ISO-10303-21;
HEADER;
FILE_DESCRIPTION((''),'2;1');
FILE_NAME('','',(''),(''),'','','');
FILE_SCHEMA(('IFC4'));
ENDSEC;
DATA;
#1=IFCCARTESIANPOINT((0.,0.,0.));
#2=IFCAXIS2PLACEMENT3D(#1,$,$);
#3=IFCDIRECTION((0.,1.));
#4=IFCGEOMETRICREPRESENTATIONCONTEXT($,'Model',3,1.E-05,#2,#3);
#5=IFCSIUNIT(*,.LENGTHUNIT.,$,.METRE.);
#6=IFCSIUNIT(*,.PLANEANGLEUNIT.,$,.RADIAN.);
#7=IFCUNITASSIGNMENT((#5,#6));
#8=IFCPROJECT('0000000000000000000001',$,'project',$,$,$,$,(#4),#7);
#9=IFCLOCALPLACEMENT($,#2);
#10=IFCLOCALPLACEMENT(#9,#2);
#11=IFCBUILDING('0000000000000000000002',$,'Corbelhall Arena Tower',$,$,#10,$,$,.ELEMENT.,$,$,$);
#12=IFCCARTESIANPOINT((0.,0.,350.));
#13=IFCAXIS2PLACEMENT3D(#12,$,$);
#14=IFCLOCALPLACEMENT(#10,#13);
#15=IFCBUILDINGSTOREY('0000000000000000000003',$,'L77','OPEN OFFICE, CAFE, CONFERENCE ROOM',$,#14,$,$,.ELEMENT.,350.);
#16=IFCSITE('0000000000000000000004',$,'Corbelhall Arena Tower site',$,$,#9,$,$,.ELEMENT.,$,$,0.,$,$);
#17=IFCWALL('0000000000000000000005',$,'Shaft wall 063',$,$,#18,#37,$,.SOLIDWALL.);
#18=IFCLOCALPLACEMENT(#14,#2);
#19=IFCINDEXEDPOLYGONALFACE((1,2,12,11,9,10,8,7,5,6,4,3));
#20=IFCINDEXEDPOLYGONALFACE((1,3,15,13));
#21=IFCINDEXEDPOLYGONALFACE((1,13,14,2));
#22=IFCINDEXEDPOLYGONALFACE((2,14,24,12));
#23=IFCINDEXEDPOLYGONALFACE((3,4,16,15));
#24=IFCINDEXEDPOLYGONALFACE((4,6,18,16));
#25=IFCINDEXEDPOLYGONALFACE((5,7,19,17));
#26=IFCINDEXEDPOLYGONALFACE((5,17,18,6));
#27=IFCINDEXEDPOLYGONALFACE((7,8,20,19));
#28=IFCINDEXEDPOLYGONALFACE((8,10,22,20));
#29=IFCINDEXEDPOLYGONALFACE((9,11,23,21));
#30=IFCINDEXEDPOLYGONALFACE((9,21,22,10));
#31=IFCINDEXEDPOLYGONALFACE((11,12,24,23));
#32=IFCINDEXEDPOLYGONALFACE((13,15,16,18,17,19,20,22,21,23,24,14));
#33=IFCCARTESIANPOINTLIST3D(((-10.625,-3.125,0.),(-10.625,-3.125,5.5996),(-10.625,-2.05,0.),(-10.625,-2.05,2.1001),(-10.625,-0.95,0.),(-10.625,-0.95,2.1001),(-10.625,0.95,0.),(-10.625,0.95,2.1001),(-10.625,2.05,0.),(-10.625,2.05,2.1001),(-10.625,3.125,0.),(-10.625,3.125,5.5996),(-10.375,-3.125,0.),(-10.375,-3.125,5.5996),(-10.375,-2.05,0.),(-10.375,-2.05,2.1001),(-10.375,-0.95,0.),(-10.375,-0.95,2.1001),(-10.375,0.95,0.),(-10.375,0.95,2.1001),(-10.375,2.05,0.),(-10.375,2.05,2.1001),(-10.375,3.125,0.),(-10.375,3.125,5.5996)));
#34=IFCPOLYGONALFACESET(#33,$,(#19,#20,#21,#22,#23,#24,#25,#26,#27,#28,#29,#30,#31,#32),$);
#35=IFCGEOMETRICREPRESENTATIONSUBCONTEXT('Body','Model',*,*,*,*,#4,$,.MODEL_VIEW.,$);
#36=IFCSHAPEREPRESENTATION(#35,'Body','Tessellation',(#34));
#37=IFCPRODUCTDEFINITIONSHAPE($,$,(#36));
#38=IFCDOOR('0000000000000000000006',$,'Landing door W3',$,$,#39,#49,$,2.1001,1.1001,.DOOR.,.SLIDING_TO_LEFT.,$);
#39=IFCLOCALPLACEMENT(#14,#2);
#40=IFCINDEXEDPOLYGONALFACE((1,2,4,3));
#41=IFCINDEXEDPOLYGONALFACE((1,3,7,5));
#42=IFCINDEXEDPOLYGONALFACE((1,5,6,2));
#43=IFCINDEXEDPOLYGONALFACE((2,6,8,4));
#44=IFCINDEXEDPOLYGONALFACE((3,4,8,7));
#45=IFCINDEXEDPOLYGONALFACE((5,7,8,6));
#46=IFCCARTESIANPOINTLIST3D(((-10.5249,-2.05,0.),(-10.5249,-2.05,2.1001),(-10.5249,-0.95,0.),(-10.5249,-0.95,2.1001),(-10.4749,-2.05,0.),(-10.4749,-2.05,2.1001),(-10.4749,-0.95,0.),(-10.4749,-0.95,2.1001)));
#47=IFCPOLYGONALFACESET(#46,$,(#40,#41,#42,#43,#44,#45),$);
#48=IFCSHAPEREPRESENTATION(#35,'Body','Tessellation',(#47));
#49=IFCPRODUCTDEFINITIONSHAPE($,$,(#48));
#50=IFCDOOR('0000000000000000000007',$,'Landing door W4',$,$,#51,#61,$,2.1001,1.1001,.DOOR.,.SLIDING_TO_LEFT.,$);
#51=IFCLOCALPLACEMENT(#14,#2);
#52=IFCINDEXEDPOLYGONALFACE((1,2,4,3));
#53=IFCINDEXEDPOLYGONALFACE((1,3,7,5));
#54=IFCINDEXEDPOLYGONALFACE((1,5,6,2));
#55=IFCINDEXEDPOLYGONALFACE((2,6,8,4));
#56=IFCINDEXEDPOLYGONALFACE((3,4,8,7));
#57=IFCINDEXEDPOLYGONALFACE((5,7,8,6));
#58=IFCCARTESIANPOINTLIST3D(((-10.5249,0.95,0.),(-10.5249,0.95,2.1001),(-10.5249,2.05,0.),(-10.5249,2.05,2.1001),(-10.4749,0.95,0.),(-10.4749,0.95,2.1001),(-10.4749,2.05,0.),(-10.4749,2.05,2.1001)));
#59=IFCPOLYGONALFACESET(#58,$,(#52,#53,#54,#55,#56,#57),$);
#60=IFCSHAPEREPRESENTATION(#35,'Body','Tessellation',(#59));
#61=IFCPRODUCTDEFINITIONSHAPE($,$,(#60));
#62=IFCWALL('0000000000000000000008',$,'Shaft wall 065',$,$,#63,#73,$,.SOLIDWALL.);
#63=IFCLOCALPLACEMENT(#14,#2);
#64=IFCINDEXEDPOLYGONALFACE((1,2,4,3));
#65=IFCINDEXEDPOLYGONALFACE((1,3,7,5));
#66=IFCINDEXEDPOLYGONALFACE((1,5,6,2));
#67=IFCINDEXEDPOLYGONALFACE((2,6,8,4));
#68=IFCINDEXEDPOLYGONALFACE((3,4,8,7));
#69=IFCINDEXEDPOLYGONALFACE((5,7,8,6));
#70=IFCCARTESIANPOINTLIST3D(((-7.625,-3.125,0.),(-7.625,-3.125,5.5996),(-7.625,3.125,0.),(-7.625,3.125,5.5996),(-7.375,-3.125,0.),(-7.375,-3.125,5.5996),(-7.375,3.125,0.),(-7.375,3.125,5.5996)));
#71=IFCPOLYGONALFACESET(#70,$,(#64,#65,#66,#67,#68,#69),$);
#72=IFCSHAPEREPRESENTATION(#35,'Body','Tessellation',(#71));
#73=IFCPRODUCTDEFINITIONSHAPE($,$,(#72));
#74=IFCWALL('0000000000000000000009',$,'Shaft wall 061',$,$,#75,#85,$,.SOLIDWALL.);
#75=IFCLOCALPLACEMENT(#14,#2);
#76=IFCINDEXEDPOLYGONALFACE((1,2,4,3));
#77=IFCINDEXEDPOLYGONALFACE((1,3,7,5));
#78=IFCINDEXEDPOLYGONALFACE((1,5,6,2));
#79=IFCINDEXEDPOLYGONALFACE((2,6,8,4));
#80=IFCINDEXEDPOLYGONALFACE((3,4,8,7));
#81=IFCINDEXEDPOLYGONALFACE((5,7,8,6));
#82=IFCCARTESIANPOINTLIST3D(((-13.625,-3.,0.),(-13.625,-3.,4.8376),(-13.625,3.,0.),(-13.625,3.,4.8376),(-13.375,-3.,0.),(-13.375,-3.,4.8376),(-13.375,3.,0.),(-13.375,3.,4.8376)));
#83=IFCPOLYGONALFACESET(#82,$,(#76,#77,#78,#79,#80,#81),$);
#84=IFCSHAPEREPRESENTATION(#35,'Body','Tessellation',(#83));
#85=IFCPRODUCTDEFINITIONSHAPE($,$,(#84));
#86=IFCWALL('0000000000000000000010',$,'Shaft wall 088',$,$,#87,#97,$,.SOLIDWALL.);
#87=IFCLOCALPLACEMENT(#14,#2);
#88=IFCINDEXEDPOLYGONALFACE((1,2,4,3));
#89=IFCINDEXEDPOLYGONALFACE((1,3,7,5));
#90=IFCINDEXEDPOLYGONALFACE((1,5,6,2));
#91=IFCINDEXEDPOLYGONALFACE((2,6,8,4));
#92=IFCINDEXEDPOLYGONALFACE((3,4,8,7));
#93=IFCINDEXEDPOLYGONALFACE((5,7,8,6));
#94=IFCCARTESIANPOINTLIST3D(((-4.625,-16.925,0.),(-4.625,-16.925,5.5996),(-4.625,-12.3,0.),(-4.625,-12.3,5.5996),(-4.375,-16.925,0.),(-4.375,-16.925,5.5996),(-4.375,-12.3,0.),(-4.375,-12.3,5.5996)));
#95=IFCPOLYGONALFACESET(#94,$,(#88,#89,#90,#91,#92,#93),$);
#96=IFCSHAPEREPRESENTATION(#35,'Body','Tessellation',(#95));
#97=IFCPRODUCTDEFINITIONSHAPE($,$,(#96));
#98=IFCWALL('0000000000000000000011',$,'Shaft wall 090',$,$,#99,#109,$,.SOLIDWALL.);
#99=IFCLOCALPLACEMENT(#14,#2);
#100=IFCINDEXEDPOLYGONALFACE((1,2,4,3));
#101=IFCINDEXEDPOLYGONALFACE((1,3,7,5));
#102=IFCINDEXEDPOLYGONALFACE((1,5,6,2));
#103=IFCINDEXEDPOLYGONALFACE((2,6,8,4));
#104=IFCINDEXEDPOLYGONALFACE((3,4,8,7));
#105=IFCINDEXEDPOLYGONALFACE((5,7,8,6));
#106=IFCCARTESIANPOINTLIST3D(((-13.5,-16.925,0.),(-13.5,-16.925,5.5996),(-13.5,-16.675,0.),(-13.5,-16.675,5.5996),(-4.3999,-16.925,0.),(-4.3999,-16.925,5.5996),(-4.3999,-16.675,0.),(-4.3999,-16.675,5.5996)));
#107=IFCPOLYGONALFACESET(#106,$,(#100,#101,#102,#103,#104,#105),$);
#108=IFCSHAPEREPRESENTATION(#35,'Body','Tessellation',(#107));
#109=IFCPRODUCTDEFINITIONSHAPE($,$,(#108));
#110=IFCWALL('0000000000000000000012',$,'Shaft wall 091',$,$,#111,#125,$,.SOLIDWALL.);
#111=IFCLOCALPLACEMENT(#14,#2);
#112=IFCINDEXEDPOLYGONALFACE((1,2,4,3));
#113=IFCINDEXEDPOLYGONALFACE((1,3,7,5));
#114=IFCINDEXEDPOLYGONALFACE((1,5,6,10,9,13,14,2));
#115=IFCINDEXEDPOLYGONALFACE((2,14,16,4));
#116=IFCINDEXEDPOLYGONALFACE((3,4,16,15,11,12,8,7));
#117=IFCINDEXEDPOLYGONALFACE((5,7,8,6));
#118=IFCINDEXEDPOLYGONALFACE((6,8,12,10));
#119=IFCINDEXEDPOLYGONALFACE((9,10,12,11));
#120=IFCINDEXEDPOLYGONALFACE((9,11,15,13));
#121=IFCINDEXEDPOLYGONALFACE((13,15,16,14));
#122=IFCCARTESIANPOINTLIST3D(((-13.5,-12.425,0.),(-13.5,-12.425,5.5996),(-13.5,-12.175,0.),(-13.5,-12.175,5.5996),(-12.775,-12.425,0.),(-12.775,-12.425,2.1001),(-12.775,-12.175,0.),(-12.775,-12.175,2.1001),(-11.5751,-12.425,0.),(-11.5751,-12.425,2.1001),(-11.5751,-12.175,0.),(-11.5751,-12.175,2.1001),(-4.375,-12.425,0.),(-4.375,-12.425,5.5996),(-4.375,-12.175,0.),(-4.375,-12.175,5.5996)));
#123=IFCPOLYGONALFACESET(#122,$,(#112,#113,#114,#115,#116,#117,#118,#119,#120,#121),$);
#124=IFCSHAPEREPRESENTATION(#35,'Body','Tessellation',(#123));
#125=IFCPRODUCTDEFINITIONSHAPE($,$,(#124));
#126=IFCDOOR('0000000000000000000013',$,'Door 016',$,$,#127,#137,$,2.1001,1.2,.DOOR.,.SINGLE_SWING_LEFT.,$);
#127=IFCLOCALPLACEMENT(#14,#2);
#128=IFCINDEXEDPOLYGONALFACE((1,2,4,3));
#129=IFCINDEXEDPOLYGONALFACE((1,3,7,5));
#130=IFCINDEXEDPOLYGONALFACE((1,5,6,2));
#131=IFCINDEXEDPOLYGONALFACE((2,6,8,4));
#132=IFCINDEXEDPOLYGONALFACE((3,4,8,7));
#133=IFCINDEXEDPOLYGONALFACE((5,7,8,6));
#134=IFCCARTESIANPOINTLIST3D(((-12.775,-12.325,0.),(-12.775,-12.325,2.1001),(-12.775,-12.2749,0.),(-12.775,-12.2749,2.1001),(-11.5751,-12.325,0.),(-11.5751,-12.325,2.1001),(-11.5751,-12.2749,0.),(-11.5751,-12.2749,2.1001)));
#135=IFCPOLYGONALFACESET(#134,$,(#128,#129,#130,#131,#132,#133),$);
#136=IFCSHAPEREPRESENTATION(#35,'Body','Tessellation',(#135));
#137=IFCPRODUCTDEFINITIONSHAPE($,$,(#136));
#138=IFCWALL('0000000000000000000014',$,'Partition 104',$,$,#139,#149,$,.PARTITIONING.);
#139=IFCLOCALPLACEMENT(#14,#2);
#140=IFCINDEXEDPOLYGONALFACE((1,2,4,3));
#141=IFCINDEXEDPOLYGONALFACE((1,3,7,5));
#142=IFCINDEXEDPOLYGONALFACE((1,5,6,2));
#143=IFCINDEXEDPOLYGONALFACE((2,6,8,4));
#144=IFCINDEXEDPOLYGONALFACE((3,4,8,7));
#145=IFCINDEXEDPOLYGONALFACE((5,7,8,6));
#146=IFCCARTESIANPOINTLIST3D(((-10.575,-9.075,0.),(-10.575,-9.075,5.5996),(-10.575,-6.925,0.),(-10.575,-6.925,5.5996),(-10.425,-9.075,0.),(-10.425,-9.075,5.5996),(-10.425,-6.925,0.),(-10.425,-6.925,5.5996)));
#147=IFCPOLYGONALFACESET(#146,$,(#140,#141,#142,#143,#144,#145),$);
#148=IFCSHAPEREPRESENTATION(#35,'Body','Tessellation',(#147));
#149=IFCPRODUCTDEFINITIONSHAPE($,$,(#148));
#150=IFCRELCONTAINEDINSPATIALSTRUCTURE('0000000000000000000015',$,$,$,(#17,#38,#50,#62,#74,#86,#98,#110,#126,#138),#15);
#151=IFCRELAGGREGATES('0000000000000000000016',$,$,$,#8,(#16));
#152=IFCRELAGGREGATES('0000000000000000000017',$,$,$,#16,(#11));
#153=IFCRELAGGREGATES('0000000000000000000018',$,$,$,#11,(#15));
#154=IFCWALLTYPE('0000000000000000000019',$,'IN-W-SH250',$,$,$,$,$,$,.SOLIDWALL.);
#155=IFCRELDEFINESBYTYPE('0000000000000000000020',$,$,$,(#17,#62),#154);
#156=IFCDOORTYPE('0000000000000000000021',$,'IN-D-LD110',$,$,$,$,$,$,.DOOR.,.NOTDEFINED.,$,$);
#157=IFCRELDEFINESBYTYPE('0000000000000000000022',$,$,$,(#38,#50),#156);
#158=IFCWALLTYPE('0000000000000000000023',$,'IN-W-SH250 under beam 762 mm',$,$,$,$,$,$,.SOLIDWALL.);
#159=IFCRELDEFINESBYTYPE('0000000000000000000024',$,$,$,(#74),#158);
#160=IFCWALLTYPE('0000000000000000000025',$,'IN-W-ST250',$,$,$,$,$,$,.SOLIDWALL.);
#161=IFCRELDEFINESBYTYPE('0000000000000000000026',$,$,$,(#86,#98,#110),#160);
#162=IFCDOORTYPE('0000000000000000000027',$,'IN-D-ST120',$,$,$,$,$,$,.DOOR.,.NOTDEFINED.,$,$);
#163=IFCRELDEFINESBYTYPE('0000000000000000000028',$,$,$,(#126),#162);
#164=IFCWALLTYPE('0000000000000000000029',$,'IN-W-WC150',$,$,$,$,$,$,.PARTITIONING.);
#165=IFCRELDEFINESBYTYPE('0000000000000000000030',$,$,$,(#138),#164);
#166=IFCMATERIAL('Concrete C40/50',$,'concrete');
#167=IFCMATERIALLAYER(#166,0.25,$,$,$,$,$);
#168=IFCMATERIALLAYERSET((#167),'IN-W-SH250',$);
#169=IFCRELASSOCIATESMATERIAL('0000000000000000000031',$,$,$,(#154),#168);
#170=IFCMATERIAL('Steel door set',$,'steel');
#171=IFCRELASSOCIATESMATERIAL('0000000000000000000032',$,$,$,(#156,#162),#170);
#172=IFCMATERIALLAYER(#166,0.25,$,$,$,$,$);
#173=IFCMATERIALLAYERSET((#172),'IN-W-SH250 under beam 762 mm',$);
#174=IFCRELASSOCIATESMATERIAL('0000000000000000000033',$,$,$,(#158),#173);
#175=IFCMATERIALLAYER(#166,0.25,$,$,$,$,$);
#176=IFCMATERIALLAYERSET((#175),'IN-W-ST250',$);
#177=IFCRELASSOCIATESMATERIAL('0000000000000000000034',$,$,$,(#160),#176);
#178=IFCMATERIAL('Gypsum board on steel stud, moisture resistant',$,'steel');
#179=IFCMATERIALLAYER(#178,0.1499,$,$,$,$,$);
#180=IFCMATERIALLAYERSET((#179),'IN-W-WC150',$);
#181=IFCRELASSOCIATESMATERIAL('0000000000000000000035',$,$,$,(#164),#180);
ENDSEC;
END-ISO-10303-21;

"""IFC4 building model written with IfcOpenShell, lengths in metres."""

from ifc_helpers import new_model, si_unit, direction, frame, frame_2d, origin, place, context, subcontext, project, spatial, rectangle, extrude, material, layer, layer_set, type_object, element, fill, save


model = new_model("IFC4")

# Units and contexts
model_context = context("Model", 3, precision=1e-05, world=origin(), true_north=direction((0.0, 1.0)))
body_context = subcontext(model_context, "Body", "Model", "MODEL_VIEW")
ifc_project = project(units=[si_unit("LENGTHUNIT", "METRE"), si_unit("PLANEANGLEUNIT", "RADIAN")], contexts=[model_context])

# Site, building, storey
site_placement = place(None, origin())
site = spatial("IfcSite", under=ifc_project, at=site_placement, Name="Corbelhall Arena Tower site", CompositionType="ELEMENT", RefElevation=0.0)
building_placement = place(site_placement, origin())
building = spatial("IfcBuilding", under=site, at=building_placement, Name="Corbelhall Arena Tower", CompositionType="ELEMENT")
storey_placement = place(building_placement, frame((0.0, 0.0, 350.0)))
storey = spatial("IfcBuildingStorey", under=building, at=storey_placement, Name="L77", Description="OPEN OFFICE, CAFE, CONFERENCE ROOM", CompositionType="ELEMENT", Elevation=350.0)

# Shared definitions
ifc_material_1 = material(Name="Steel door set", Category="steel")

# Wall, openings, doors
ifc_material_2 = material(Name="Concrete C40/50", Category="concrete")
ifc_layer_1 = layer(ifc_material_2, 0.25)
ifc_layer_set_1 = layer_set([ifc_layer_1], Name="IN-W-SH250")
wall_type_1 = type_object("IfcWallType", Name="IN-W-SH250", PredefinedType="SOLIDWALL", material=ifc_layer_set_1)
wall_1_placement = place(storey_placement, frame((-10.5, -3.125, 0.0), z_axis=(0.0, 0.0, 1.0), x_axis=(0.0, 1.0, 0.0)))
wall_1 = element("IfcWall", 1, at=wall_1_placement, inside=storey, type_object=wall_type_1, Name="Shaft wall 063", PredefinedType="SOLIDWALL", context=body_context, shape_type="SweptSolid", body=[
    extrude(rectangle(XDim=6.25, YDim=0.25, at=frame_2d((3.125, 0.0))), origin(), (0.0, 0.0, 1.0), 5.5996),
])
opening_1_placement = place(wall_1_placement, frame((1.075, 0.0, 0.0)))
opening_1 = element("IfcOpeningElement", 2, at=opening_1_placement, cuts=wall_1, PredefinedType="OPENING", context=body_context, shape_type="SweptSolid", body=[
    extrude(rectangle(XDim=1.1001, YDim=2.1001, at=frame_2d((0.55, 1.05))), frame((0.0, 0.125, 0.0), z_axis=(0.0, -1.0, 0.0), x_axis=(1.0, 0.0, 0.0)), (0.0, 0.0, 1.0), 0.25),
])
opening_2_placement = place(wall_1_placement, frame((4.075, 0.0, 0.0)))
opening_2 = element("IfcOpeningElement", 3, at=opening_2_placement, cuts=wall_1, PredefinedType="OPENING", context=body_context, shape_type="SweptSolid", body=[
    extrude(rectangle(XDim=1.1001, YDim=2.1001, at=frame_2d((0.55, 1.05))), frame((0.0, 0.125, 0.0), z_axis=(0.0, -1.0, 0.0), x_axis=(1.0, 0.0, 0.0)), (0.0, 0.0, 1.0), 0.25),
])
door_type_1 = type_object("IfcDoorType", Name="IN-D-LD110", OperationType="NOTDEFINED", PredefinedType="DOOR", material=ifc_material_1)
door_1_placement = place(opening_1_placement, origin())
door_1 = element("IfcDoor", 4, at=door_1_placement, inside=storey, type_object=door_type_1, Name="Landing door W3", OperationType="SLIDING_TO_LEFT", OverallHeight=2.1001, OverallWidth=1.1001, PredefinedType="DOOR", context=body_context, shape_type="SweptSolid", body=[
    extrude(rectangle(XDim=1.1001, YDim=2.1001, at=frame_2d((0.55, 1.05))), frame((0.0, 0.0249, 0.0), z_axis=(0.0, -1.0, 0.0), x_axis=(1.0, 0.0, 0.0)), (0.0, 0.0, 1.0), 0.05),
])
fill(opening_1, door_1)
door_2_placement = place(opening_2_placement, origin())
door_2 = element("IfcDoor", 5, at=door_2_placement, inside=storey, type_object=door_type_1, Name="Landing door W4", OperationType="SLIDING_TO_LEFT", OverallHeight=2.1001, OverallWidth=1.1001, PredefinedType="DOOR", context=body_context, shape_type="SweptSolid", body=[
    extrude(rectangle(XDim=1.1001, YDim=2.1001, at=frame_2d((0.55, 1.05))), frame((0.0, 0.0249, 0.0), z_axis=(0.0, -1.0, 0.0), x_axis=(1.0, 0.0, 0.0)), (0.0, 0.0, 1.0), 0.05),
])
fill(opening_2, door_2)

# Walls
wall_2_placement = place(storey_placement, frame((-7.5, -3.125, 0.0), z_axis=(0.0, 0.0, 1.0), x_axis=(0.0, 1.0, 0.0)))
element("IfcWall", 6, at=wall_2_placement, inside=storey, type_object=wall_type_1, Name="Shaft wall 065", PredefinedType="SOLIDWALL", context=body_context, shape_type="SweptSolid", body=[
    extrude(rectangle(XDim=6.25, YDim=0.25, at=frame_2d((3.125, 0.0))), origin(), (0.0, 0.0, 1.0), 5.5996),
])
ifc_layer_2 = layer(ifc_material_2, 0.25)
ifc_layer_set_2 = layer_set([ifc_layer_2], Name="IN-W-SH250 under beam 762 mm")
wall_type_2 = type_object("IfcWallType", Name="IN-W-SH250 under beam 762 mm", PredefinedType="SOLIDWALL", material=ifc_layer_set_2)
wall_3_placement = place(storey_placement, frame((-13.5, -3.0, 0.0), z_axis=(0.0, 0.0, 1.0), x_axis=(0.0, 1.0, 0.0)))
element("IfcWall", 7, at=wall_3_placement, inside=storey, type_object=wall_type_2, Name="Shaft wall 061", PredefinedType="SOLIDWALL", context=body_context, shape_type="SweptSolid", body=[
    extrude(rectangle(XDim=6.0, YDim=0.25, at=frame_2d((3.0, 0.0))), origin(), (0.0, 0.0, 1.0), 4.8376),
])
ifc_layer_3 = layer(ifc_material_2, 0.25)
ifc_layer_set_3 = layer_set([ifc_layer_3], Name="IN-W-ST250")
wall_type_3 = type_object("IfcWallType", Name="IN-W-ST250", PredefinedType="SOLIDWALL", material=ifc_layer_set_3)
wall_4_placement = place(storey_placement, frame((-4.5, -12.3, 0.0), z_axis=(0.0, 0.0, 1.0), x_axis=(0.0, -1.0, 0.0)))
element("IfcWall", 8, at=wall_4_placement, inside=storey, type_object=wall_type_3, Name="Shaft wall 088", PredefinedType="SOLIDWALL", context=body_context, shape_type="SweptSolid", body=[
    extrude(rectangle(XDim=4.625, YDim=0.25, at=frame_2d((2.3125, 0.0))), origin(), (0.0, 0.0, 1.0), 5.5996),
])
wall_5_placement = place(storey_placement, frame((-4.3999, -16.8, 0.0), z_axis=(0.0, 0.0, 1.0), x_axis=(-1.0, 0.0, 0.0)))
element("IfcWall", 9, at=wall_5_placement, inside=storey, type_object=wall_type_3, Name="Shaft wall 090", PredefinedType="SOLIDWALL", context=body_context, shape_type="SweptSolid", body=[
    extrude(rectangle(XDim=9.1001, YDim=0.25, at=frame_2d((4.55, 0.0))), origin(), (0.0, 0.0, 1.0), 5.5996),
])

# Wall, opening, door
wall_6_placement = place(storey_placement, frame((-4.375, -12.3, 0.0), z_axis=(0.0, 0.0, 1.0), x_axis=(-1.0, 0.0, 0.0)))
wall_6 = element("IfcWall", 10, at=wall_6_placement, inside=storey, type_object=wall_type_3, Name="Shaft wall 091", PredefinedType="SOLIDWALL", context=body_context, shape_type="SweptSolid", body=[
    extrude(rectangle(XDim=9.125, YDim=0.25, at=frame_2d((4.5625, 0.0))), origin(), (0.0, 0.0, 1.0), 5.5996),
])
opening_3_placement = place(wall_6_placement, frame((7.2, 0.0, 0.0)))
opening_3 = element("IfcOpeningElement", 11, at=opening_3_placement, cuts=wall_6, PredefinedType="OPENING", context=body_context, shape_type="SweptSolid", body=[
    extrude(rectangle(XDim=1.2, YDim=2.1001, at=frame_2d((0.6001, 1.05))), frame((0.0, 0.125, 0.0), z_axis=(0.0, -1.0, 0.0), x_axis=(1.0, 0.0, 0.0)), (0.0, 0.0, 1.0), 0.25),
])
door_type_2 = type_object("IfcDoorType", Name="IN-D-ST120", OperationType="NOTDEFINED", PredefinedType="DOOR", material=ifc_material_1)
door_3_placement = place(opening_3_placement, origin())
door_3 = element("IfcDoor", 12, at=door_3_placement, inside=storey, type_object=door_type_2, Name="Door 016", OperationType="SINGLE_SWING_LEFT", OverallHeight=2.1001, OverallWidth=1.2, PredefinedType="DOOR", context=body_context, shape_type="SweptSolid", body=[
    extrude(rectangle(XDim=1.2, YDim=2.1001, at=frame_2d((0.6001, 1.05))), frame((0.0, 0.0249, 0.0), z_axis=(0.0, -1.0, 0.0), x_axis=(1.0, 0.0, 0.0)), (0.0, 0.0, 1.0), 0.05),
])
fill(opening_3, door_3)

# Wall
ifc_material_3 = material(Name="Gypsum board on steel stud, moisture resistant", Category="steel")
ifc_layer_4 = layer(ifc_material_3, 0.1499)
ifc_layer_set_4 = layer_set([ifc_layer_4], Name="IN-W-WC150")
wall_type_4 = type_object("IfcWallType", Name="IN-W-WC150", PredefinedType="PARTITIONING", material=ifc_layer_set_4)
wall_7_placement = place(storey_placement, frame((-10.5, -9.075, 0.0), z_axis=(0.0, 0.0, 1.0), x_axis=(0.0, 1.0, 0.0)))
element("IfcWall", 13, at=wall_7_placement, inside=storey, type_object=wall_type_4, Name="Partition 104", PredefinedType="PARTITIONING", context=body_context, shape_type="SweptSolid", body=[
    extrude(rectangle(XDim=2.1499, YDim=0.1499, at=frame_2d((1.075, 0.0))), origin(), (0.0, 0.0, 1.0), 5.5996),
])

save(model, "model.ifc")
